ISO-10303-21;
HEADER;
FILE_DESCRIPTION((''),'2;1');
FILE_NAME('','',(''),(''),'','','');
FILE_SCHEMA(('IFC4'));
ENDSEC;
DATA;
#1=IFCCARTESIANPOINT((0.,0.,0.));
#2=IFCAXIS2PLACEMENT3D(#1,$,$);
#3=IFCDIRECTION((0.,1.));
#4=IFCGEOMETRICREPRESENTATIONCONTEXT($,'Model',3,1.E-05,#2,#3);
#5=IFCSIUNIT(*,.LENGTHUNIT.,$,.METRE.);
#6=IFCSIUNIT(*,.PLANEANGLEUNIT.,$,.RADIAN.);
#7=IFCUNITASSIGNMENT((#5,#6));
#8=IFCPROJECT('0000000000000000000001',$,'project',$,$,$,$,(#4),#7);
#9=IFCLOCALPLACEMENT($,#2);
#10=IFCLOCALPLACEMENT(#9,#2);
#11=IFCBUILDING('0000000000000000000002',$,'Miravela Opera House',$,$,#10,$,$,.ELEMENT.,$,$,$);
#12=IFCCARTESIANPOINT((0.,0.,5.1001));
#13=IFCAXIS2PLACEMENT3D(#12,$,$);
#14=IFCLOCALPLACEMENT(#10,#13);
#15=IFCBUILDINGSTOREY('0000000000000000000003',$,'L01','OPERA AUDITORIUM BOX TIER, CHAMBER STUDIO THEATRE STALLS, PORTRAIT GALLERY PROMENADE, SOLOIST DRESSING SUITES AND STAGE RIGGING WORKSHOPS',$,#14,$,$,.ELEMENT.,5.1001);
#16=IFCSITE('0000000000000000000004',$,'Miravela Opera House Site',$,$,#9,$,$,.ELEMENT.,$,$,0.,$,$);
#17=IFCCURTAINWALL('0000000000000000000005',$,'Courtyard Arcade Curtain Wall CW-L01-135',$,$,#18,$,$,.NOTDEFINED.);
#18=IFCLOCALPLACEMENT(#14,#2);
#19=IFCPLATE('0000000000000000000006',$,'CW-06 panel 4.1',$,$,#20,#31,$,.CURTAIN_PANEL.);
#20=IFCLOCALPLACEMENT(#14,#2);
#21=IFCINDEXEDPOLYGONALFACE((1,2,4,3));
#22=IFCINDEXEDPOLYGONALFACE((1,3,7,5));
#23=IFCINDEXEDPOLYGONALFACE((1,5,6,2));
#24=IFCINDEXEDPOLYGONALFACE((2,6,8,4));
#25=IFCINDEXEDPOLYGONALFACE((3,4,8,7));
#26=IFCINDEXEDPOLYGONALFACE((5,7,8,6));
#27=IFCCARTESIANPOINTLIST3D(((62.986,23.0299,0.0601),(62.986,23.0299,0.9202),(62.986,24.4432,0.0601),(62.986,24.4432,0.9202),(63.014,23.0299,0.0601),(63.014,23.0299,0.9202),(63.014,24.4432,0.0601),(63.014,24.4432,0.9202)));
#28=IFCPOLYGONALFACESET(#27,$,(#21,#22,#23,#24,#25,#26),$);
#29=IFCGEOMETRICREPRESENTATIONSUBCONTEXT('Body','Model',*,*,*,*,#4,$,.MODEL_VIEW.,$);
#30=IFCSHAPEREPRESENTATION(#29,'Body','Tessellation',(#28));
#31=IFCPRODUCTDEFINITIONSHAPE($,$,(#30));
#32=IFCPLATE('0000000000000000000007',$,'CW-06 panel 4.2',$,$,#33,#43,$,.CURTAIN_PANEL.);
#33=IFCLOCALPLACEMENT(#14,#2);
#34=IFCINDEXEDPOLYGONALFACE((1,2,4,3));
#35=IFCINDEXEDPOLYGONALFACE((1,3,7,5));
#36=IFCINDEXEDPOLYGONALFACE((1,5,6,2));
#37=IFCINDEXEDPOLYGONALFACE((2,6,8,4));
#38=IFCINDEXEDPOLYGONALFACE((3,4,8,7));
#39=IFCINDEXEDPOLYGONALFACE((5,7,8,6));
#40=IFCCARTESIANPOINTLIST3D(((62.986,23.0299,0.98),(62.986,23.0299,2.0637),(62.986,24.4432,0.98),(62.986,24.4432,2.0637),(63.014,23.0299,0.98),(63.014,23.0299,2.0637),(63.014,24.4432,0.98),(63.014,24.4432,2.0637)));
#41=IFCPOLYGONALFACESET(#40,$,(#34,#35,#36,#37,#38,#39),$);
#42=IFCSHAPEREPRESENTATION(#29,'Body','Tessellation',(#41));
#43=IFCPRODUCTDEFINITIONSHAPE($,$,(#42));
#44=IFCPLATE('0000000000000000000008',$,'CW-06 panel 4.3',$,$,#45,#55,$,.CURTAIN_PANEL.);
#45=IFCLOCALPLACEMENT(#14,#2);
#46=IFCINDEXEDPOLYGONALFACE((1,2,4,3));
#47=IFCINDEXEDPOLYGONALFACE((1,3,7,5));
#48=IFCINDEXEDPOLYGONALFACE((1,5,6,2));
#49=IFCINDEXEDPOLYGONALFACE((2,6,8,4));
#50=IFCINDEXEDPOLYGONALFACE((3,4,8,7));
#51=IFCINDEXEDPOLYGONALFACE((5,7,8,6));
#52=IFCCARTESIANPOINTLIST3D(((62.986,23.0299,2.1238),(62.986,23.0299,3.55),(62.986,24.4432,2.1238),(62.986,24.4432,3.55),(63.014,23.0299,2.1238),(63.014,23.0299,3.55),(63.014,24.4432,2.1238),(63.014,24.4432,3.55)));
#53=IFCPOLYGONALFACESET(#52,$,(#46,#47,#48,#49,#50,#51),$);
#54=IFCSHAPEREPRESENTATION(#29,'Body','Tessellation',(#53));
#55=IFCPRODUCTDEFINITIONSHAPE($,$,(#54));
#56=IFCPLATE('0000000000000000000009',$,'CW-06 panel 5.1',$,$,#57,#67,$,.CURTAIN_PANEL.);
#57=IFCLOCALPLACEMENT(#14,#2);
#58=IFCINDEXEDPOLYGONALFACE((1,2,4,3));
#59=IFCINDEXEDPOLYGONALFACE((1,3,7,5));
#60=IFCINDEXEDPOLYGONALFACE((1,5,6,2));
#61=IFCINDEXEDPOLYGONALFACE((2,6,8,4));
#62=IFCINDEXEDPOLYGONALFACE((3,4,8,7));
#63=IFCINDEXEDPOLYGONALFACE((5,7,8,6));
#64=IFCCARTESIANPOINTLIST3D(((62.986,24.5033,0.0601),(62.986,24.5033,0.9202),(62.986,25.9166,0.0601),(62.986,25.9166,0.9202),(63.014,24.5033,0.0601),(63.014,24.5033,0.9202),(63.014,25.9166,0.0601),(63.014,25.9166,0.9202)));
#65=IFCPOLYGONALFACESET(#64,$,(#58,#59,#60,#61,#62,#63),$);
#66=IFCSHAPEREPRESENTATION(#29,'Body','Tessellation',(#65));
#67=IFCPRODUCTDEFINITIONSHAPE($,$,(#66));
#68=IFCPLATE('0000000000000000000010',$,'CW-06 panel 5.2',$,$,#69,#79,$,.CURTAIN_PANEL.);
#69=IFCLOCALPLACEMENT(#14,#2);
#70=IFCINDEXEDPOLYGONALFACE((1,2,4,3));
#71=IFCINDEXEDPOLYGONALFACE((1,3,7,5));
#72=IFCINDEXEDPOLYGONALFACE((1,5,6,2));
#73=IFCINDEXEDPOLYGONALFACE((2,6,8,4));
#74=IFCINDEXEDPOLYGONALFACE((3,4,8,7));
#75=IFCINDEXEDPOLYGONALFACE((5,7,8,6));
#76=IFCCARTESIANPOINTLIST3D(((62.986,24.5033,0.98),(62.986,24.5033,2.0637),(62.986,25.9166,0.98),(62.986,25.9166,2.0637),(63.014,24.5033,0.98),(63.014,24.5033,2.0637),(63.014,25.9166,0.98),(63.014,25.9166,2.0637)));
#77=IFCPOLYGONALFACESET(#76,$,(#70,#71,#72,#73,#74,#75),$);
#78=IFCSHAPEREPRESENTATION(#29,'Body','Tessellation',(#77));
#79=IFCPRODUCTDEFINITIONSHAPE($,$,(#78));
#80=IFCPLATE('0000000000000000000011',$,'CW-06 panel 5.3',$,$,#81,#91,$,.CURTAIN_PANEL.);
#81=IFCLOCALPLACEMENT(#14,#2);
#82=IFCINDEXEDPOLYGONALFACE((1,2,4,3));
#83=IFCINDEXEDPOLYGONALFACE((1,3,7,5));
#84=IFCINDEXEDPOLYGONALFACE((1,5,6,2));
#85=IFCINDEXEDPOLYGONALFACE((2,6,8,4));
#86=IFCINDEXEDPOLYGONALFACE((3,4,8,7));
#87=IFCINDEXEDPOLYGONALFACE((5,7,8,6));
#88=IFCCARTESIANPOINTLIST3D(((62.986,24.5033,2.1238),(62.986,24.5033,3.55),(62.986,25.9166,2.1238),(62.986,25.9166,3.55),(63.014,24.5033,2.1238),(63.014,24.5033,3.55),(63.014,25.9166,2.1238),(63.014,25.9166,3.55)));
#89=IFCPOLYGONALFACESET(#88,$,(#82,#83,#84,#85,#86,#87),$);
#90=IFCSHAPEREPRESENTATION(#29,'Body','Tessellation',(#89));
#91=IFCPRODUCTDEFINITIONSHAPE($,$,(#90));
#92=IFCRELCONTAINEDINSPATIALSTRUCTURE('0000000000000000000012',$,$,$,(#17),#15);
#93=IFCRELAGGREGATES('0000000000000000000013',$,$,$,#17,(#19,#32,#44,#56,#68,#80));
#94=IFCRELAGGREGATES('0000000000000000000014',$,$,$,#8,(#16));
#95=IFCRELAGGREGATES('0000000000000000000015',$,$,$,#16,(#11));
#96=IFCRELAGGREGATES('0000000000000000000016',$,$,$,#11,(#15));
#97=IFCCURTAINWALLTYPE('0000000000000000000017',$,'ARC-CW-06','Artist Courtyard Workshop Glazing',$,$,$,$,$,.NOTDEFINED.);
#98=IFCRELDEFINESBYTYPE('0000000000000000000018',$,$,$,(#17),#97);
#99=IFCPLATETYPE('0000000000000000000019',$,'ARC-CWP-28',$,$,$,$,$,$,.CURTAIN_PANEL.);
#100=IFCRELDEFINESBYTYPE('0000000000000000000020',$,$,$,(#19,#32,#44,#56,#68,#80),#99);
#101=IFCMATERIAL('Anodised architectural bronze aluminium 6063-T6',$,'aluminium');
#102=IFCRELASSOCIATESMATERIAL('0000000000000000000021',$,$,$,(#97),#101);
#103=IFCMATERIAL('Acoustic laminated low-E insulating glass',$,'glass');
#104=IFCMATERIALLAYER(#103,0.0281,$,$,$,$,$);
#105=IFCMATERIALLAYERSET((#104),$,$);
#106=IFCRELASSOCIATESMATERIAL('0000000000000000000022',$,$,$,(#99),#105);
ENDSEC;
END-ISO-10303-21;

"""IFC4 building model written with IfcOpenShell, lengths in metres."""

from ifc_helpers import new_model, si_unit, direction, frame, origin, origin_2d, place, context, subcontext, project, spatial, rectangle, extrude, material, layer, layer_set, type_object, element, aggregate, save


model = new_model("IFC4")

# Units and contexts
model_context = context("Model", 3, precision=1e-05, world=origin(), true_north=direction((0.0, 1.0)))
body_context = subcontext(model_context, "Body", "Model", "MODEL_VIEW")
ifc_project = project(units=[si_unit("LENGTHUNIT", "METRE"), si_unit("PLANEANGLEUNIT", "RADIAN")], contexts=[model_context])

# Site, building, storey
site_placement = place(None, origin())
site = spatial("IfcSite", under=ifc_project, at=site_placement, Name="Miravela Opera House Site", CompositionType="ELEMENT", RefElevation=0.0)
building_placement = place(site_placement, origin())
building = spatial("IfcBuilding", under=site, at=building_placement, Name="Miravela Opera House", CompositionType="ELEMENT")
storey_placement = place(building_placement, frame((0.0, 0.0, 5.1001)))
storey = spatial("IfcBuildingStorey", under=building, at=storey_placement, Name="L01", Description="OPERA AUDITORIUM BOX TIER, CHAMBER STUDIO THEATRE STALLS, PORTRAIT GALLERY PROMENADE, SOLOIST DRESSING SUITES AND STAGE RIGGING WORKSHOPS", CompositionType="ELEMENT", Elevation=5.1001)

# Curtain wall
ifc_material_1 = material(Name="Anodised architectural bronze aluminium 6063-T6", Category="aluminium")
curtain_wall_type = type_object("IfcCurtainWallType", Name="ARC-CW-06", Description="Artist Courtyard Workshop Glazing", PredefinedType="NOTDEFINED", material=ifc_material_1)
curtain_wall_placement = place(storey_placement, origin())
curtain_wall = element("IfcCurtainWall", 1, at=curtain_wall_placement, inside=storey, type_object=curtain_wall_type, Name="Courtyard Arcade Curtain Wall CW-L01-135", PredefinedType="NOTDEFINED")

# Plates
ifc_material_2 = material(Name="Acoustic laminated low-E insulating glass", Category="glass")
ifc_layer = layer(ifc_material_2, 0.0281)
ifc_layer_set = layer_set([ifc_layer])
plate_type = type_object("IfcPlateType", Name="ARC-CWP-28", PredefinedType="CURTAIN_PANEL", material=ifc_layer_set)
plate_1_placement = place(storey_placement, frame((63.0, 23.7366, 0.0601), z_axis=(0.0, 0.0, 1.0), x_axis=(0.0, 1.0, 0.0)))
plate_1 = element("IfcPlate", 2, at=plate_1_placement, type_object=plate_type, Name="CW-06 panel 4.1", PredefinedType="CURTAIN_PANEL", context=body_context, shape_type="SweptSolid", body=[
    extrude(rectangle(XDim=1.4133, YDim=0.0281, at=origin_2d()), origin(), (0.0, 0.0, 1.0), 0.8601),
])
plate_2_placement = place(storey_placement, frame((63.0, 23.7366, 0.98), z_axis=(0.0, 0.0, 1.0), x_axis=(0.0, 1.0, 0.0)))
plate_2 = element("IfcPlate", 3, at=plate_2_placement, type_object=plate_type, Name="CW-06 panel 4.2", PredefinedType="CURTAIN_PANEL", context=body_context, shape_type="SweptSolid", body=[
    extrude(rectangle(XDim=1.4133, YDim=0.0281, at=origin_2d()), origin(), (0.0, 0.0, 1.0), 1.0837),
])
plate_3_placement = place(storey_placement, frame((63.0, 23.7366, 2.1238), z_axis=(0.0, 0.0, 1.0), x_axis=(0.0, 1.0, 0.0)))
plate_3 = element("IfcPlate", 4, at=plate_3_placement, type_object=plate_type, Name="CW-06 panel 4.3", PredefinedType="CURTAIN_PANEL", context=body_context, shape_type="SweptSolid", body=[
    extrude(rectangle(XDim=1.4133, YDim=0.0281, at=origin_2d()), origin(), (0.0, 0.0, 1.0), 1.4263),
])
plate_4_placement = place(storey_placement, frame((63.0, 25.21, 0.0601), z_axis=(0.0, 0.0, 1.0), x_axis=(0.0, 1.0, 0.0)))
plate_4 = element("IfcPlate", 5, at=plate_4_placement, type_object=plate_type, Name="CW-06 panel 5.1", PredefinedType="CURTAIN_PANEL", context=body_context, shape_type="SweptSolid", body=[
    extrude(rectangle(XDim=1.4133, YDim=0.0281, at=origin_2d()), origin(), (0.0, 0.0, 1.0), 0.8601),
])
plate_5_placement = place(storey_placement, frame((63.0, 25.21, 0.98), z_axis=(0.0, 0.0, 1.0), x_axis=(0.0, 1.0, 0.0)))
plate_5 = element("IfcPlate", 6, at=plate_5_placement, type_object=plate_type, Name="CW-06 panel 5.2", PredefinedType="CURTAIN_PANEL", context=body_context, shape_type="SweptSolid", body=[
    extrude(rectangle(XDim=1.4133, YDim=0.0281, at=origin_2d()), origin(), (0.0, 0.0, 1.0), 1.0837),
])
plate_6_placement = place(storey_placement, frame((63.0, 25.21, 2.1238), z_axis=(0.0, 0.0, 1.0), x_axis=(0.0, 1.0, 0.0)))
plate_6 = element("IfcPlate", 7, at=plate_6_placement, type_object=plate_type, Name="CW-06 panel 5.3", PredefinedType="CURTAIN_PANEL", context=body_context, shape_type="SweptSolid", body=[
    extrude(rectangle(XDim=1.4133, YDim=0.0281, at=origin_2d()), origin(), (0.0, 0.0, 1.0), 1.4263),
])
aggregate(curtain_wall, [plate_1, plate_2, plate_3, plate_4, plate_5, plate_6])

save(model, "model.ifc")
